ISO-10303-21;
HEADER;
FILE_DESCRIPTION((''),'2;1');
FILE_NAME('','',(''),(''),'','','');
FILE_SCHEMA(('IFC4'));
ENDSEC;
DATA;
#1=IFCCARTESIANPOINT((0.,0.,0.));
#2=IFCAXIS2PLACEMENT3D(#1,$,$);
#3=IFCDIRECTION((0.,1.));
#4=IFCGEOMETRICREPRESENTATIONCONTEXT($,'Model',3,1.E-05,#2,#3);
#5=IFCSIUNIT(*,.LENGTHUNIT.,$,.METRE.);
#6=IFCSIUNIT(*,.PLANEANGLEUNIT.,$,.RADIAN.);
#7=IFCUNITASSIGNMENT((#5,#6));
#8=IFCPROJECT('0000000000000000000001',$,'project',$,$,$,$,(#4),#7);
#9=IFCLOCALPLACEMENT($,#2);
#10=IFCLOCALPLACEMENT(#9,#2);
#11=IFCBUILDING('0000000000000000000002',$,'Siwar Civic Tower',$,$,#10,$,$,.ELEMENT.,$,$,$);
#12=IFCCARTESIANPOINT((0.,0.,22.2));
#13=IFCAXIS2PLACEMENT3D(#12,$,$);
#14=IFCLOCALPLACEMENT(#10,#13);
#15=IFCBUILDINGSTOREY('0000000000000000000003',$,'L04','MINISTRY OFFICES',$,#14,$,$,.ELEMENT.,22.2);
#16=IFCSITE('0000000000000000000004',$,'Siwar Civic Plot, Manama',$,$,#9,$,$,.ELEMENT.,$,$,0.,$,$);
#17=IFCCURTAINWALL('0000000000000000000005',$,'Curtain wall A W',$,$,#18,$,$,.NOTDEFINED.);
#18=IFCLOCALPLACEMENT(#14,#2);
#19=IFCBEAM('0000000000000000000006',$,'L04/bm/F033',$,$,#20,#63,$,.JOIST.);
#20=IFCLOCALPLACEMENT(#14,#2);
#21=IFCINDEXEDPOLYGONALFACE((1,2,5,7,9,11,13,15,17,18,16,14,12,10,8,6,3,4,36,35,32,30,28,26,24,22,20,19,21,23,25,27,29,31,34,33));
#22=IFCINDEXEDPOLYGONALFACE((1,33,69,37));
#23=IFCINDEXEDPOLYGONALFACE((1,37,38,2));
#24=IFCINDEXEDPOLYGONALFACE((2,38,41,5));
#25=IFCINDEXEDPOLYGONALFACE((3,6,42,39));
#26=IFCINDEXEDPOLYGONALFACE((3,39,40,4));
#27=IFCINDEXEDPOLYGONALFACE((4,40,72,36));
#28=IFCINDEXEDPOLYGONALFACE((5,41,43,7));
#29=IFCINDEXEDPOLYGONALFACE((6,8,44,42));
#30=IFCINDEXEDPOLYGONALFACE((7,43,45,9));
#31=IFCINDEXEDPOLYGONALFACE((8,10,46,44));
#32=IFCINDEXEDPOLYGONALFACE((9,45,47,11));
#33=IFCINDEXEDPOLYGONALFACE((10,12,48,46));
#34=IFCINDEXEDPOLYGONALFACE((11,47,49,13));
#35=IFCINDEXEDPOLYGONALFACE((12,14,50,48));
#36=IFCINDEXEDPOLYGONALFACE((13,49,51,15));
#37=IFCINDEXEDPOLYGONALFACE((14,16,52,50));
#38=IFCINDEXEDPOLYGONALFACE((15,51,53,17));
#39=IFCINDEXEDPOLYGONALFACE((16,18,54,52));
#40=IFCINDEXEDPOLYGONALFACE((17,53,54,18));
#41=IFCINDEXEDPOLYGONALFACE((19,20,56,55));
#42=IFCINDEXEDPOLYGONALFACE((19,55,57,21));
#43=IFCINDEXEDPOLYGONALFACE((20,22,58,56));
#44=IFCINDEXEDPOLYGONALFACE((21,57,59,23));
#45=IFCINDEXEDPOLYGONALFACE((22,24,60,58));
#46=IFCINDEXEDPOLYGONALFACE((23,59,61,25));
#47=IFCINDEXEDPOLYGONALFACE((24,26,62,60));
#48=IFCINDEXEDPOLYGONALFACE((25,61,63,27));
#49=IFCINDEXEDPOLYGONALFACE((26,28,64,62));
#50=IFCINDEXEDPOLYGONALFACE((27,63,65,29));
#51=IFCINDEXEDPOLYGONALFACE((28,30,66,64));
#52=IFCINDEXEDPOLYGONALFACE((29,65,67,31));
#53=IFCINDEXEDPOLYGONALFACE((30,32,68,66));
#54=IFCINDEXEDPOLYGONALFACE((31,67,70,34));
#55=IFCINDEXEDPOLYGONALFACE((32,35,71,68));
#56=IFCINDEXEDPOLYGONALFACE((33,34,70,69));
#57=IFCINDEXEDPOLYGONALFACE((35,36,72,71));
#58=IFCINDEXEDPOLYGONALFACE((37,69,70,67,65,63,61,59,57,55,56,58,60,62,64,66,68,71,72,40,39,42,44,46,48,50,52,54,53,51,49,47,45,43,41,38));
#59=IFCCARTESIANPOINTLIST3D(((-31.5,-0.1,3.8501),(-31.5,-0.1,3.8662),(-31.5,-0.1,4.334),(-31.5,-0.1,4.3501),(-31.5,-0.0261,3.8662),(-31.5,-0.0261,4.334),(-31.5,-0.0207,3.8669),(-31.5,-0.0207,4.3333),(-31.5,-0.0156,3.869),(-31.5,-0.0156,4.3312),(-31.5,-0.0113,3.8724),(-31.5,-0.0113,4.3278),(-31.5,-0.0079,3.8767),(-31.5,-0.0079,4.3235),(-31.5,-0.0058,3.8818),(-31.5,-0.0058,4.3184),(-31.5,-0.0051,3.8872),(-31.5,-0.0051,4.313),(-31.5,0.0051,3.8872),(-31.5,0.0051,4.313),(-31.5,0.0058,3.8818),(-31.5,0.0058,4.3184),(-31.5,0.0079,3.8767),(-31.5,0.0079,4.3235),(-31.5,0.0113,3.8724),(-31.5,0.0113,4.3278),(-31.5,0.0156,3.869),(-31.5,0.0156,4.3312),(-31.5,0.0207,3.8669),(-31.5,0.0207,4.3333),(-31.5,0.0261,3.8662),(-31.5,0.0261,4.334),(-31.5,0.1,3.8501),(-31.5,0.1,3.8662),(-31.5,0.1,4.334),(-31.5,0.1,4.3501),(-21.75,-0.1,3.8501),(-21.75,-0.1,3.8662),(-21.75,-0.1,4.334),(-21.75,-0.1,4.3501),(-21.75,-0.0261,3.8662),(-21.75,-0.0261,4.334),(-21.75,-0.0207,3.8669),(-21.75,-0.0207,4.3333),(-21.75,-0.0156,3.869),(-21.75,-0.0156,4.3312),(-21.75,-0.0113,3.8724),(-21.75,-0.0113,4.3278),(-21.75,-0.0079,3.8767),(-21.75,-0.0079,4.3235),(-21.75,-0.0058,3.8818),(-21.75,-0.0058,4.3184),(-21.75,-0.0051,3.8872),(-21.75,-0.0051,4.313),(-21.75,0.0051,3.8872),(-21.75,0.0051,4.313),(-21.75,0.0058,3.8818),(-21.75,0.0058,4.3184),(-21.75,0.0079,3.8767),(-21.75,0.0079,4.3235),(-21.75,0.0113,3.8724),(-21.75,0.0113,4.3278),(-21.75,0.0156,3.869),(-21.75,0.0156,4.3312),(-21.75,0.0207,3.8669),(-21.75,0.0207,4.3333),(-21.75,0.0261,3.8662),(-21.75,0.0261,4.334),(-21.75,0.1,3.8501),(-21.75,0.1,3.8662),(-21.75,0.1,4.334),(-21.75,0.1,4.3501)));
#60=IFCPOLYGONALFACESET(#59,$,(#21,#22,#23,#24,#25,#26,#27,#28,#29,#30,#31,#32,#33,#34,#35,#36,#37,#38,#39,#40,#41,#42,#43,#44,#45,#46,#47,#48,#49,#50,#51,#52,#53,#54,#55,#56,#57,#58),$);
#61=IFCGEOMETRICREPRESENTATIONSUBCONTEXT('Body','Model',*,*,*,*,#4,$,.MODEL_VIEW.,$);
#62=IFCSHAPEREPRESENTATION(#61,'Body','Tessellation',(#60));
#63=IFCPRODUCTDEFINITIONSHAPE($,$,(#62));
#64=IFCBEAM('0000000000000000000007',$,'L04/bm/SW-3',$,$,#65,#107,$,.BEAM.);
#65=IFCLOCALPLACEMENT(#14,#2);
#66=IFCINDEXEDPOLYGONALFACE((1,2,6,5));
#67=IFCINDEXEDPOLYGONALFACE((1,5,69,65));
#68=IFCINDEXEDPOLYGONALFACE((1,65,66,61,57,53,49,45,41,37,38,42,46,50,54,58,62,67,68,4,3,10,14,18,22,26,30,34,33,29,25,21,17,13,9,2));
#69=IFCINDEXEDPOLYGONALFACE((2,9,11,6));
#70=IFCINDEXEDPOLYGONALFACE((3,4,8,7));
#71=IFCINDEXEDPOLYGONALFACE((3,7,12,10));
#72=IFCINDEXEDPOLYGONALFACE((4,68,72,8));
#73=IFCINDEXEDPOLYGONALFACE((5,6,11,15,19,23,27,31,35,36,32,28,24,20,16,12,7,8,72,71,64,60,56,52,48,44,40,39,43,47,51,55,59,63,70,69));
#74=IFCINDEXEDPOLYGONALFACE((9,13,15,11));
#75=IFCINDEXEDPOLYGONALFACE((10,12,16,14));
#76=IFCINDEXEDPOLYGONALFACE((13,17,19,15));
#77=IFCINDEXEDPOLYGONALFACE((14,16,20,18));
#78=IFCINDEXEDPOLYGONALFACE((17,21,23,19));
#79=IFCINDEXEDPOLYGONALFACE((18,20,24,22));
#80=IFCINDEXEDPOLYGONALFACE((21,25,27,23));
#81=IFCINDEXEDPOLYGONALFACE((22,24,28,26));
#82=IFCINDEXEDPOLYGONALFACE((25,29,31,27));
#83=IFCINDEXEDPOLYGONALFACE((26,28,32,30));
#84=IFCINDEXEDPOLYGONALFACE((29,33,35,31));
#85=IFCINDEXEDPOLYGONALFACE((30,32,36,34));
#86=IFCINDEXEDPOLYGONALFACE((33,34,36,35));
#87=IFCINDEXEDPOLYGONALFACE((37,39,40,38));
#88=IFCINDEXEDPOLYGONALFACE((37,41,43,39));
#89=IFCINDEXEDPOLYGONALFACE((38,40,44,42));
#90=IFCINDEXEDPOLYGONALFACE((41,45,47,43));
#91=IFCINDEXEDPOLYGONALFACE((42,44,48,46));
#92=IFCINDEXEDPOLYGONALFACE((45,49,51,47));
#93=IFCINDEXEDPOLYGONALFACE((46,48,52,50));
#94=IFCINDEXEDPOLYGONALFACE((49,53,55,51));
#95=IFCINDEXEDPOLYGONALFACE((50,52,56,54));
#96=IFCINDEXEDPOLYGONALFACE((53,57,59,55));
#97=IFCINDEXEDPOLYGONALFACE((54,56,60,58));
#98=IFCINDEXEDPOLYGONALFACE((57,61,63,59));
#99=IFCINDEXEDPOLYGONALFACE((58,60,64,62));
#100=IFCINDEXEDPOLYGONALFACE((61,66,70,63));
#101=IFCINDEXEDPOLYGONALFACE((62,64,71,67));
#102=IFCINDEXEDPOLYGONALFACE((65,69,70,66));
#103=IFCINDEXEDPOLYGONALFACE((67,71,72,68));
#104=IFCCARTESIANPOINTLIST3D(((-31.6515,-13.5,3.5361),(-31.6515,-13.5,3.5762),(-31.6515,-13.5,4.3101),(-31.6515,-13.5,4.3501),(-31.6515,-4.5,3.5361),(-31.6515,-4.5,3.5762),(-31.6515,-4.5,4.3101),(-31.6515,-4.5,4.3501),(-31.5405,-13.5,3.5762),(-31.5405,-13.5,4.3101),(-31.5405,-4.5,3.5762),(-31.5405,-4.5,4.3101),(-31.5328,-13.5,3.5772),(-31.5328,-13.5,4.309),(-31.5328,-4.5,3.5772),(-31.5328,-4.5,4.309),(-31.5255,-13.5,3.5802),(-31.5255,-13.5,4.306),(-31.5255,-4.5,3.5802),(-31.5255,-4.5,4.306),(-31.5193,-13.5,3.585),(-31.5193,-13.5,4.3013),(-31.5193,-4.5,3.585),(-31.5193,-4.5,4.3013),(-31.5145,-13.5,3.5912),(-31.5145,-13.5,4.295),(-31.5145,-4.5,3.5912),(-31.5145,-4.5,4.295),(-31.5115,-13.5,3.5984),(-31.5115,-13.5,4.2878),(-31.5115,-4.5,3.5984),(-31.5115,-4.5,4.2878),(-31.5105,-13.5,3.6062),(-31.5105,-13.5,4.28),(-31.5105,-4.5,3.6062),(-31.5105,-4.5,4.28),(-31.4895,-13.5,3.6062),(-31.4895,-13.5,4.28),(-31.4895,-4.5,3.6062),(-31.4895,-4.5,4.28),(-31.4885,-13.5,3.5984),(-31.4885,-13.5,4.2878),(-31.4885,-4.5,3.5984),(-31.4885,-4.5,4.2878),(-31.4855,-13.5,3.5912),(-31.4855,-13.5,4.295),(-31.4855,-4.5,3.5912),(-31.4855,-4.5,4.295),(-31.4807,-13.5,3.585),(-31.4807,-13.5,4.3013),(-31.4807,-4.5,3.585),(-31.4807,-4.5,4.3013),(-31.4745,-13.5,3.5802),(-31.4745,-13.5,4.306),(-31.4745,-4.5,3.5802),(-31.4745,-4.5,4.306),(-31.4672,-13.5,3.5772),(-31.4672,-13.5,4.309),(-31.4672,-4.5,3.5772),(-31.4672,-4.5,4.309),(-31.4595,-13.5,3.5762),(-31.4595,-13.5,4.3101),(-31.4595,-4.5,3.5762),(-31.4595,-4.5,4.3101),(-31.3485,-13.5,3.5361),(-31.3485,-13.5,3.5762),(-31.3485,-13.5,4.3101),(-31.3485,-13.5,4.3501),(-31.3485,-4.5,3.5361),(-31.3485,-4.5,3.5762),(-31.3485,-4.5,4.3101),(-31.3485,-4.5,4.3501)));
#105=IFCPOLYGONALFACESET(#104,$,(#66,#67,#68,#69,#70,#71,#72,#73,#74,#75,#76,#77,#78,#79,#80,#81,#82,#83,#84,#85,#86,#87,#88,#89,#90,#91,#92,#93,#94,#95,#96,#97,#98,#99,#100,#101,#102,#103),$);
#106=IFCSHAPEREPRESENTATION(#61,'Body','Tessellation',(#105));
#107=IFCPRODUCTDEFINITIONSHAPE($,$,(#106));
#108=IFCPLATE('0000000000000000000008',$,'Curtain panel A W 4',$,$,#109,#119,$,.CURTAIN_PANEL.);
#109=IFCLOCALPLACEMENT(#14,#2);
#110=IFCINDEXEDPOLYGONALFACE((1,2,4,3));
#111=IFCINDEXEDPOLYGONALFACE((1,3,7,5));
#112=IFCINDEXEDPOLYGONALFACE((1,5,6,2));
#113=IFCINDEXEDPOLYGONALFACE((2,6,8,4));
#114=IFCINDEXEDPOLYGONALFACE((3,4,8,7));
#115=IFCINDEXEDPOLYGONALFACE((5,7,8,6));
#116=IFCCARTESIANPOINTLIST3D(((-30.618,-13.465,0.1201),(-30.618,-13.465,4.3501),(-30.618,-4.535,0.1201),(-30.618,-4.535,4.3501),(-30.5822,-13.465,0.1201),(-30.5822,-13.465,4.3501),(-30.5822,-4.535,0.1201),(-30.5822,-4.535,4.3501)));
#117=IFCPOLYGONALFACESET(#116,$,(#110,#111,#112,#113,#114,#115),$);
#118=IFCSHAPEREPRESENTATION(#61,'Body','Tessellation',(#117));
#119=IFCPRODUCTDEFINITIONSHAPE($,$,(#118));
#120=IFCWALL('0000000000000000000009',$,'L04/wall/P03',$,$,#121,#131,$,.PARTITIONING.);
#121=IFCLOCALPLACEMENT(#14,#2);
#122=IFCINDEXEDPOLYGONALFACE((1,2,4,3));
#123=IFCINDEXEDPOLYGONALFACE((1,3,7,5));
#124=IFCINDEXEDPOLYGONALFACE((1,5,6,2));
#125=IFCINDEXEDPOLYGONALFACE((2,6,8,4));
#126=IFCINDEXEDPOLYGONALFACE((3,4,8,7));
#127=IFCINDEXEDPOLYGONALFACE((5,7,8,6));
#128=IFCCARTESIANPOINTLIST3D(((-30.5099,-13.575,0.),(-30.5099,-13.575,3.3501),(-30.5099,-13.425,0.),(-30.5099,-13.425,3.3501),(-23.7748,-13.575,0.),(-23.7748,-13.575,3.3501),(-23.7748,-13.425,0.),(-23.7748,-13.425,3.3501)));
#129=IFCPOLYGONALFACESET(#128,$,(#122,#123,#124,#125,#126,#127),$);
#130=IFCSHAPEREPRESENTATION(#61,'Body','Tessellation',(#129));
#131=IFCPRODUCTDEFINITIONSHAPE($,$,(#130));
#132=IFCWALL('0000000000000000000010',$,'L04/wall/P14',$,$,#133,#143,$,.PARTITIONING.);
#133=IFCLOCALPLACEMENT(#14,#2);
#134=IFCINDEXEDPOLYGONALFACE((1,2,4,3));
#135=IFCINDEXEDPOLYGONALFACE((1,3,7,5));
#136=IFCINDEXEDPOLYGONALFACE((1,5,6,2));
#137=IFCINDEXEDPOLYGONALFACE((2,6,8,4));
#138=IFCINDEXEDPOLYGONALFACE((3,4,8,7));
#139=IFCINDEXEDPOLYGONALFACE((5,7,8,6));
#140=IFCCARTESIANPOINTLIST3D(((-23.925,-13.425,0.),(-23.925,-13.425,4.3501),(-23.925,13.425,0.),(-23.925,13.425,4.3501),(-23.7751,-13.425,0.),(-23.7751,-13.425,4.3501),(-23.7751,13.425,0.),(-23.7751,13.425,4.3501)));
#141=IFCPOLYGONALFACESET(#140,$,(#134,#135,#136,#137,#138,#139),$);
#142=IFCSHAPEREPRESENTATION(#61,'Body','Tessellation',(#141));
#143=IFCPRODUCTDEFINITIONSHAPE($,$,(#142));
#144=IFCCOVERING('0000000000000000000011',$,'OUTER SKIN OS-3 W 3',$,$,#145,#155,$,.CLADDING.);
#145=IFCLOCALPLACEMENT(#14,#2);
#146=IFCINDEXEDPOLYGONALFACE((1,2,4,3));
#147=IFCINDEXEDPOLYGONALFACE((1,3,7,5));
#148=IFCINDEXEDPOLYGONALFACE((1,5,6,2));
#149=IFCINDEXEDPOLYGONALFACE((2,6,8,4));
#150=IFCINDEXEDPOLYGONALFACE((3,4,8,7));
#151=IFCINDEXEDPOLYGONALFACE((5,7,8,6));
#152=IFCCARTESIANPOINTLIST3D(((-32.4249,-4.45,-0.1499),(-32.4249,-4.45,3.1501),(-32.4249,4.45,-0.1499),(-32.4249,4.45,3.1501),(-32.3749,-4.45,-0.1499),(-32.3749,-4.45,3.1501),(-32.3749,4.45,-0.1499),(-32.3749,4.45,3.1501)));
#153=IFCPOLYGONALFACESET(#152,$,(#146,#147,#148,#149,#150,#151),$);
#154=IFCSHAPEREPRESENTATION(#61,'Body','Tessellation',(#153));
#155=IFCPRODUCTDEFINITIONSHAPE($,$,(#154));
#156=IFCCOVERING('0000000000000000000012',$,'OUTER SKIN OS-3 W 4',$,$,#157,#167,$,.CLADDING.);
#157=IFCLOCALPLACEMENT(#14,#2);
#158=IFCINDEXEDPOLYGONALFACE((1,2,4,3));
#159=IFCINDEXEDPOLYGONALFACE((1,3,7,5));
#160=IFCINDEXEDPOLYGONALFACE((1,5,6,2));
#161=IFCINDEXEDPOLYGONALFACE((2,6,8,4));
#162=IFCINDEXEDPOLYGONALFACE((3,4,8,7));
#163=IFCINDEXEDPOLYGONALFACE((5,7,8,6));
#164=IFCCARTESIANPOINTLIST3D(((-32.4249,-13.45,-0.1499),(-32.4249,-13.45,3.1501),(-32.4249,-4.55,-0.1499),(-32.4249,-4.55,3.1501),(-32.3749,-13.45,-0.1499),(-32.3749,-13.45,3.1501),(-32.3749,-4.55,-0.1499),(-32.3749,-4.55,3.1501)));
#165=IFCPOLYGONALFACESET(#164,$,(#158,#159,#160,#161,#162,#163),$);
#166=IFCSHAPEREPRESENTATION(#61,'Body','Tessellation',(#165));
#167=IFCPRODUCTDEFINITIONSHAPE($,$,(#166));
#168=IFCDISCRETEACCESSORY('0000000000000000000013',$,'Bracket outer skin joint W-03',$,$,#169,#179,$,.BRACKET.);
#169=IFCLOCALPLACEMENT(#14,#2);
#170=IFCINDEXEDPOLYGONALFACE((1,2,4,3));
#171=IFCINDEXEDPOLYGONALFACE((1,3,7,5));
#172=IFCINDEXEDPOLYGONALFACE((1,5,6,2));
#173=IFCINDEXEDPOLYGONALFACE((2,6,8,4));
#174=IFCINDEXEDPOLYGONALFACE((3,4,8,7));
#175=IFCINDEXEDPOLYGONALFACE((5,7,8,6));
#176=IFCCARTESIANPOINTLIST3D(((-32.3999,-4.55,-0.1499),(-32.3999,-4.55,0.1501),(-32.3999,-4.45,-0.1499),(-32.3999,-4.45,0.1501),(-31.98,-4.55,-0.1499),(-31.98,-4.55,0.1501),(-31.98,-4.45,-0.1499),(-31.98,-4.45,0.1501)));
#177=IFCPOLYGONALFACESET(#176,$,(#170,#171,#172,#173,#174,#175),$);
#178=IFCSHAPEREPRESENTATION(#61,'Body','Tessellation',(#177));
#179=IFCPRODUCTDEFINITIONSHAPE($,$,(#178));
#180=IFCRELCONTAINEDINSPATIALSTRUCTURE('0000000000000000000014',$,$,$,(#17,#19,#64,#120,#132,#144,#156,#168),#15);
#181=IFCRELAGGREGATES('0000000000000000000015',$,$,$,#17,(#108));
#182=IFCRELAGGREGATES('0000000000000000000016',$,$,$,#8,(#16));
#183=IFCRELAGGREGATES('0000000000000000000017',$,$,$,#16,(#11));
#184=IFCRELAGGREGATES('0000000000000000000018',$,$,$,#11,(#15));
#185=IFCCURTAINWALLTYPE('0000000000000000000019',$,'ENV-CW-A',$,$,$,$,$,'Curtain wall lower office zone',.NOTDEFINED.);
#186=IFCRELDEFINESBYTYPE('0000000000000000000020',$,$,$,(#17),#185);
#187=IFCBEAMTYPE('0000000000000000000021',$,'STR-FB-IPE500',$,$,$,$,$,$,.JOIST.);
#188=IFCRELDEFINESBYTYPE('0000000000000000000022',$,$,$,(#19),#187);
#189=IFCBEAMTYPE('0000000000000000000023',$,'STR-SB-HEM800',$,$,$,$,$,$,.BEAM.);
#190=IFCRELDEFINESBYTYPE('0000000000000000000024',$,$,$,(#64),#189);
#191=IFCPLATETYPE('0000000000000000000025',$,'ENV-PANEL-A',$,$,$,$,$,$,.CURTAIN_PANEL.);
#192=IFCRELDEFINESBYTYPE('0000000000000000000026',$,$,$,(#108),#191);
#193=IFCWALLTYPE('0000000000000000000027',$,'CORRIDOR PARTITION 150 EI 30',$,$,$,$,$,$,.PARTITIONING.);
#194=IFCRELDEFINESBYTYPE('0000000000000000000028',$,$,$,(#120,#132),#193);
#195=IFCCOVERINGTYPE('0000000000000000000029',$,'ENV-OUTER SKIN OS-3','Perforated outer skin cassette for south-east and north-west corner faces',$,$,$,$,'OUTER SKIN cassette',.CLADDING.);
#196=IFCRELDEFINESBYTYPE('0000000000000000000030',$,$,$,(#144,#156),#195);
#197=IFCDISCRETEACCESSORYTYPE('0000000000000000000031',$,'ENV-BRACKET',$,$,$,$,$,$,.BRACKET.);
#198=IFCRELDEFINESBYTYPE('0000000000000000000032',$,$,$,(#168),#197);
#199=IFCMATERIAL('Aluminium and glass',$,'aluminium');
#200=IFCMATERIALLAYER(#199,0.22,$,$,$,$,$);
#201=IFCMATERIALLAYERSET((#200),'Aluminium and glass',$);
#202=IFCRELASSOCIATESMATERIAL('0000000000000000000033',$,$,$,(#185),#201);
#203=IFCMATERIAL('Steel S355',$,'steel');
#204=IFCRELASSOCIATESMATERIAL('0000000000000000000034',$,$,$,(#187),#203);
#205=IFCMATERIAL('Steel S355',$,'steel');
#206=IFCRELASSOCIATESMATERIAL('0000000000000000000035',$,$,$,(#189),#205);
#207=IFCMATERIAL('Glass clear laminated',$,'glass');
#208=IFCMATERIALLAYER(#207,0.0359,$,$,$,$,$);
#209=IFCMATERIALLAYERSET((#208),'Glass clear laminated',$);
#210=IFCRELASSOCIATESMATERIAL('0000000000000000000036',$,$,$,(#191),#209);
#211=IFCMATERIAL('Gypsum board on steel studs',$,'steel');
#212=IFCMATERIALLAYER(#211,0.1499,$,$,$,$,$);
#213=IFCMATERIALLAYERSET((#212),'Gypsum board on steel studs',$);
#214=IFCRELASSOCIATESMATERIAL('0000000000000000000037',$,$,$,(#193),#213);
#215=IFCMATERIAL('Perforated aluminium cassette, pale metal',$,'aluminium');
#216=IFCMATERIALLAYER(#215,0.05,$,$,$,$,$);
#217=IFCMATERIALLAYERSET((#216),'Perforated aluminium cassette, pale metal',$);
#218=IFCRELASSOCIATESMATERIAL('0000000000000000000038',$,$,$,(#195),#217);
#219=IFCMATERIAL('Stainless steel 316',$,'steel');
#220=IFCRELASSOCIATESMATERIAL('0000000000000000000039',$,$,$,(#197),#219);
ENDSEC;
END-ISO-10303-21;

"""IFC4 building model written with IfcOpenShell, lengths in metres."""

from ifc_helpers import new_model, si_unit, direction, frame, frame_2d, origin, origin_2d, place, context, subcontext, project, spatial, rectangle, i_section, extrude, material, layer, layer_set, material_profile, profile_set, type_object, element, aggregate, save


model = new_model("IFC4")

# Units and contexts
model_context = context("Model", 3, precision=1e-05, world=origin(), true_north=direction((0.0, 1.0)))
body_context = subcontext(model_context, "Body", "Model", "MODEL_VIEW")
ifc_project = project(units=[si_unit("LENGTHUNIT", "METRE"), si_unit("PLANEANGLEUNIT", "RADIAN")], contexts=[model_context])

# Site, building, storey
site_placement = place(None, origin())
site = spatial("IfcSite", under=ifc_project, at=site_placement, Name="Siwar Civic Plot, Manama", CompositionType="ELEMENT", RefElevation=0.0)
building_placement = place(site_placement, origin())
building = spatial("IfcBuilding", under=site, at=building_placement, Name="Siwar Civic Tower", CompositionType="ELEMENT")
storey_placement = place(building_placement, frame((0.0, 0.0, 22.2)))
storey = spatial("IfcBuildingStorey", under=building, at=storey_placement, Name="L04", Description="MINISTRY OFFICES", CompositionType="ELEMENT", Elevation=22.2)

# Curtain wall
ifc_material_1 = material(Name="Aluminium and glass", Category="aluminium")
ifc_layer_1 = layer(ifc_material_1, 0.22)
ifc_layer_set_1 = layer_set([ifc_layer_1], Name="Aluminium and glass")
curtain_wall_type = type_object("IfcCurtainWallType", Name="ENV-CW-A", ElementType="Curtain wall lower office zone", PredefinedType="NOTDEFINED", material=ifc_layer_set_1)
curtain_wall_placement = place(storey_placement, origin())
curtain_wall = element("IfcCurtainWall", 1, at=curtain_wall_placement, inside=storey, type_object=curtain_wall_type, Name="Curtain wall A W", PredefinedType="NOTDEFINED")

# Beams
ifc_material_2 = material(Name="Steel S355", Category="steel")
ifc_material_profile_1 = material_profile(ifc_material_2, i_section(OverallWidth=0.2, OverallDepth=0.5, WebThickness=0.0103, FlangeThickness=0.0161, FilletRadius=0.021, at=origin_2d()), Name="IPE500")
ifc_profile_set_1 = profile_set([ifc_material_profile_1], Name="Steel S355")
beam_type_1 = type_object("IfcBeamType", Name="STR-FB-IPE500", PredefinedType="JOIST", material=ifc_profile_set_1)
for number, where, z_axis, x_axis, name in (
    (2, (-31.5, 0.0, 4.1001), (1.0, 0.0, 0.0), (0.0, 1.0, 0.0), "L04/bm/F033"),
):
    element("IfcBeam", number, at=place(storey_placement, frame(where, z_axis=z_axis, x_axis=x_axis)), inside=storey, type_object=beam_type_1, Name=name, PredefinedType="JOIST", context=body_context, shape_type="SweptSolid", body=[
        extrude(i_section(OverallWidth=0.2, OverallDepth=0.5, WebThickness=0.0103, FlangeThickness=0.0161, FilletRadius=0.021, at=origin_2d()), origin(), (0.0, 0.0, 1.0), 9.75),
    ])
ifc_material_3 = material(Name="Steel S355", Category="steel")
ifc_material_profile_2 = material_profile(ifc_material_3, i_section(OverallWidth=0.303, OverallDepth=0.814, WebThickness=0.021, FlangeThickness=0.04, FilletRadius=0.03, at=origin_2d()), Name="HEM800")
ifc_profile_set_2 = profile_set([ifc_material_profile_2], Name="Steel S355")
beam_type_2 = type_object("IfcBeamType", Name="STR-SB-HEM800", PredefinedType="BEAM", material=ifc_profile_set_2)
beam_1_placement = place(storey_placement, frame((-31.5, -4.5, 3.9431), z_axis=(0.0, -1.0, 0.0), x_axis=(1.0, 0.0, 0.0)))
element("IfcBeam", 3, at=beam_1_placement, inside=storey, type_object=beam_type_2, Name="L04/bm/SW-3", PredefinedType="BEAM", context=body_context, shape_type="SweptSolid", body=[
    extrude(i_section(OverallWidth=0.303, OverallDepth=0.814, WebThickness=0.021, FlangeThickness=0.04, FilletRadius=0.03, at=origin_2d()), origin(), (0.0, 0.0, 1.0), 9.0),
])

# Plate
ifc_material_4 = material(Name="Glass clear laminated", Category="glass")
ifc_layer_2 = layer(ifc_material_4, 0.0359)
ifc_layer_set_2 = layer_set([ifc_layer_2], Name="Glass clear laminated")
plate_type = type_object("IfcPlateType", Name="ENV-PANEL-A", PredefinedType="CURTAIN_PANEL", material=ifc_layer_set_2)
plate_placement = place(storey_placement, frame((-30.6001, -9.0, 0.1201), z_axis=(0.0, 0.0, 1.0), x_axis=(0.0, -1.0, 0.0)))
plate = element("IfcPlate", 4, at=plate_placement, type_object=plate_type, Name="Curtain panel A W 4", PredefinedType="CURTAIN_PANEL", context=body_context, shape_type="SweptSolid", body=[
    extrude(rectangle(XDim=8.9299, YDim=0.0359, at=origin_2d()), origin(), (0.0, 0.0, 1.0), 4.23),
])
aggregate(curtain_wall, [plate])

# Walls
ifc_material_5 = material(Name="Gypsum board on steel studs", Category="steel")
ifc_layer_3 = layer(ifc_material_5, 0.1499)
ifc_layer_set_3 = layer_set([ifc_layer_3], Name="Gypsum board on steel studs")
wall_type = type_object("IfcWallType", Name="CORRIDOR PARTITION 150 EI 30", PredefinedType="PARTITIONING", material=ifc_layer_set_3)
wall_1_placement = place(storey_placement, frame((-30.51, -13.5, 0.0), z_axis=(0.0, 0.0, 1.0), x_axis=(1.0, 0.0, 0.0)))
element("IfcWall", 5, at=wall_1_placement, inside=storey, type_object=wall_type, Name="L04/wall/P03", PredefinedType="PARTITIONING", context=body_context, shape_type="SweptSolid", body=[
    extrude(rectangle(XDim=6.7351, YDim=0.1499, at=frame_2d((3.3677, 0.0))), origin(), (0.0, 0.0, 1.0), 3.3501),
])
wall_2_placement = place(storey_placement, frame((-23.8501, -13.425, 0.0), z_axis=(0.0, 0.0, 1.0), x_axis=(0.0, 1.0, 0.0)))
element("IfcWall", 6, at=wall_2_placement, inside=storey, type_object=wall_type, Name="L04/wall/P14", PredefinedType="PARTITIONING", context=body_context, shape_type="SweptSolid", body=[
    extrude(rectangle(XDim=26.8501, YDim=0.1499, at=frame_2d((13.425, 0.0))), origin(), (0.0, 0.0, 1.0), 4.3501),
])

# Coverings
ifc_material_6 = material(Name="Perforated aluminium cassette, pale metal", Category="aluminium")
ifc_layer_4 = layer(ifc_material_6, 0.05)
ifc_layer_set_4 = layer_set([ifc_layer_4], Name="Perforated aluminium cassette, pale metal")
covering_type = type_object("IfcCoveringType", Name="ENV-OUTER SKIN OS-3", Description="Perforated outer skin cassette for south-east and north-west corner faces", ElementType="OUTER SKIN cassette", PredefinedType="CLADDING", material=ifc_layer_set_4)
for number, where, z_axis, x_axis, name in (
    (7, (-32.3999, 0.0, -0.1499), (0.0, 0.0, 1.0), (0.0, -1.0, 0.0), "OUTER SKIN OS-3 W 3"),
    (8, (-32.3999, -9.0, -0.1499), (0.0, 0.0, 1.0), (0.0, -1.0, 0.0), "OUTER SKIN OS-3 W 4"),
):
    element("IfcCovering", number, at=place(storey_placement, frame(where, z_axis=z_axis, x_axis=x_axis)), inside=storey, type_object=covering_type, Name=name, PredefinedType="CLADDING", context=body_context, shape_type="SweptSolid", body=[
        extrude(rectangle(XDim=8.8999, YDim=0.05, at=origin_2d()), origin(), (0.0, 0.0, 1.0), 3.3),
    ])

# Discrete accessory
ifc_material_7 = material(Name="Stainless steel 316", Category="steel")
discrete_accessory_type = type_object("IfcDiscreteAccessoryType", Name="ENV-BRACKET", PredefinedType="BRACKET", material=ifc_material_7)
discrete_accessory_placement = place(storey_placement, frame((-32.1899, -4.5, -0.1499), z_axis=(0.0, 0.0, 1.0), x_axis=(-1.0, 0.0, 0.0)))
element("IfcDiscreteAccessory", 9, at=discrete_accessory_placement, inside=storey, type_object=discrete_accessory_type, Name="Bracket outer skin joint W-03", PredefinedType="BRACKET", context=body_context, shape_type="SweptSolid", body=[
    extrude(rectangle(XDim=0.4199, YDim=0.1001, at=origin_2d()), origin(), (0.0, 0.0, 1.0), 0.3),
])

save(model, "model.ifc")
